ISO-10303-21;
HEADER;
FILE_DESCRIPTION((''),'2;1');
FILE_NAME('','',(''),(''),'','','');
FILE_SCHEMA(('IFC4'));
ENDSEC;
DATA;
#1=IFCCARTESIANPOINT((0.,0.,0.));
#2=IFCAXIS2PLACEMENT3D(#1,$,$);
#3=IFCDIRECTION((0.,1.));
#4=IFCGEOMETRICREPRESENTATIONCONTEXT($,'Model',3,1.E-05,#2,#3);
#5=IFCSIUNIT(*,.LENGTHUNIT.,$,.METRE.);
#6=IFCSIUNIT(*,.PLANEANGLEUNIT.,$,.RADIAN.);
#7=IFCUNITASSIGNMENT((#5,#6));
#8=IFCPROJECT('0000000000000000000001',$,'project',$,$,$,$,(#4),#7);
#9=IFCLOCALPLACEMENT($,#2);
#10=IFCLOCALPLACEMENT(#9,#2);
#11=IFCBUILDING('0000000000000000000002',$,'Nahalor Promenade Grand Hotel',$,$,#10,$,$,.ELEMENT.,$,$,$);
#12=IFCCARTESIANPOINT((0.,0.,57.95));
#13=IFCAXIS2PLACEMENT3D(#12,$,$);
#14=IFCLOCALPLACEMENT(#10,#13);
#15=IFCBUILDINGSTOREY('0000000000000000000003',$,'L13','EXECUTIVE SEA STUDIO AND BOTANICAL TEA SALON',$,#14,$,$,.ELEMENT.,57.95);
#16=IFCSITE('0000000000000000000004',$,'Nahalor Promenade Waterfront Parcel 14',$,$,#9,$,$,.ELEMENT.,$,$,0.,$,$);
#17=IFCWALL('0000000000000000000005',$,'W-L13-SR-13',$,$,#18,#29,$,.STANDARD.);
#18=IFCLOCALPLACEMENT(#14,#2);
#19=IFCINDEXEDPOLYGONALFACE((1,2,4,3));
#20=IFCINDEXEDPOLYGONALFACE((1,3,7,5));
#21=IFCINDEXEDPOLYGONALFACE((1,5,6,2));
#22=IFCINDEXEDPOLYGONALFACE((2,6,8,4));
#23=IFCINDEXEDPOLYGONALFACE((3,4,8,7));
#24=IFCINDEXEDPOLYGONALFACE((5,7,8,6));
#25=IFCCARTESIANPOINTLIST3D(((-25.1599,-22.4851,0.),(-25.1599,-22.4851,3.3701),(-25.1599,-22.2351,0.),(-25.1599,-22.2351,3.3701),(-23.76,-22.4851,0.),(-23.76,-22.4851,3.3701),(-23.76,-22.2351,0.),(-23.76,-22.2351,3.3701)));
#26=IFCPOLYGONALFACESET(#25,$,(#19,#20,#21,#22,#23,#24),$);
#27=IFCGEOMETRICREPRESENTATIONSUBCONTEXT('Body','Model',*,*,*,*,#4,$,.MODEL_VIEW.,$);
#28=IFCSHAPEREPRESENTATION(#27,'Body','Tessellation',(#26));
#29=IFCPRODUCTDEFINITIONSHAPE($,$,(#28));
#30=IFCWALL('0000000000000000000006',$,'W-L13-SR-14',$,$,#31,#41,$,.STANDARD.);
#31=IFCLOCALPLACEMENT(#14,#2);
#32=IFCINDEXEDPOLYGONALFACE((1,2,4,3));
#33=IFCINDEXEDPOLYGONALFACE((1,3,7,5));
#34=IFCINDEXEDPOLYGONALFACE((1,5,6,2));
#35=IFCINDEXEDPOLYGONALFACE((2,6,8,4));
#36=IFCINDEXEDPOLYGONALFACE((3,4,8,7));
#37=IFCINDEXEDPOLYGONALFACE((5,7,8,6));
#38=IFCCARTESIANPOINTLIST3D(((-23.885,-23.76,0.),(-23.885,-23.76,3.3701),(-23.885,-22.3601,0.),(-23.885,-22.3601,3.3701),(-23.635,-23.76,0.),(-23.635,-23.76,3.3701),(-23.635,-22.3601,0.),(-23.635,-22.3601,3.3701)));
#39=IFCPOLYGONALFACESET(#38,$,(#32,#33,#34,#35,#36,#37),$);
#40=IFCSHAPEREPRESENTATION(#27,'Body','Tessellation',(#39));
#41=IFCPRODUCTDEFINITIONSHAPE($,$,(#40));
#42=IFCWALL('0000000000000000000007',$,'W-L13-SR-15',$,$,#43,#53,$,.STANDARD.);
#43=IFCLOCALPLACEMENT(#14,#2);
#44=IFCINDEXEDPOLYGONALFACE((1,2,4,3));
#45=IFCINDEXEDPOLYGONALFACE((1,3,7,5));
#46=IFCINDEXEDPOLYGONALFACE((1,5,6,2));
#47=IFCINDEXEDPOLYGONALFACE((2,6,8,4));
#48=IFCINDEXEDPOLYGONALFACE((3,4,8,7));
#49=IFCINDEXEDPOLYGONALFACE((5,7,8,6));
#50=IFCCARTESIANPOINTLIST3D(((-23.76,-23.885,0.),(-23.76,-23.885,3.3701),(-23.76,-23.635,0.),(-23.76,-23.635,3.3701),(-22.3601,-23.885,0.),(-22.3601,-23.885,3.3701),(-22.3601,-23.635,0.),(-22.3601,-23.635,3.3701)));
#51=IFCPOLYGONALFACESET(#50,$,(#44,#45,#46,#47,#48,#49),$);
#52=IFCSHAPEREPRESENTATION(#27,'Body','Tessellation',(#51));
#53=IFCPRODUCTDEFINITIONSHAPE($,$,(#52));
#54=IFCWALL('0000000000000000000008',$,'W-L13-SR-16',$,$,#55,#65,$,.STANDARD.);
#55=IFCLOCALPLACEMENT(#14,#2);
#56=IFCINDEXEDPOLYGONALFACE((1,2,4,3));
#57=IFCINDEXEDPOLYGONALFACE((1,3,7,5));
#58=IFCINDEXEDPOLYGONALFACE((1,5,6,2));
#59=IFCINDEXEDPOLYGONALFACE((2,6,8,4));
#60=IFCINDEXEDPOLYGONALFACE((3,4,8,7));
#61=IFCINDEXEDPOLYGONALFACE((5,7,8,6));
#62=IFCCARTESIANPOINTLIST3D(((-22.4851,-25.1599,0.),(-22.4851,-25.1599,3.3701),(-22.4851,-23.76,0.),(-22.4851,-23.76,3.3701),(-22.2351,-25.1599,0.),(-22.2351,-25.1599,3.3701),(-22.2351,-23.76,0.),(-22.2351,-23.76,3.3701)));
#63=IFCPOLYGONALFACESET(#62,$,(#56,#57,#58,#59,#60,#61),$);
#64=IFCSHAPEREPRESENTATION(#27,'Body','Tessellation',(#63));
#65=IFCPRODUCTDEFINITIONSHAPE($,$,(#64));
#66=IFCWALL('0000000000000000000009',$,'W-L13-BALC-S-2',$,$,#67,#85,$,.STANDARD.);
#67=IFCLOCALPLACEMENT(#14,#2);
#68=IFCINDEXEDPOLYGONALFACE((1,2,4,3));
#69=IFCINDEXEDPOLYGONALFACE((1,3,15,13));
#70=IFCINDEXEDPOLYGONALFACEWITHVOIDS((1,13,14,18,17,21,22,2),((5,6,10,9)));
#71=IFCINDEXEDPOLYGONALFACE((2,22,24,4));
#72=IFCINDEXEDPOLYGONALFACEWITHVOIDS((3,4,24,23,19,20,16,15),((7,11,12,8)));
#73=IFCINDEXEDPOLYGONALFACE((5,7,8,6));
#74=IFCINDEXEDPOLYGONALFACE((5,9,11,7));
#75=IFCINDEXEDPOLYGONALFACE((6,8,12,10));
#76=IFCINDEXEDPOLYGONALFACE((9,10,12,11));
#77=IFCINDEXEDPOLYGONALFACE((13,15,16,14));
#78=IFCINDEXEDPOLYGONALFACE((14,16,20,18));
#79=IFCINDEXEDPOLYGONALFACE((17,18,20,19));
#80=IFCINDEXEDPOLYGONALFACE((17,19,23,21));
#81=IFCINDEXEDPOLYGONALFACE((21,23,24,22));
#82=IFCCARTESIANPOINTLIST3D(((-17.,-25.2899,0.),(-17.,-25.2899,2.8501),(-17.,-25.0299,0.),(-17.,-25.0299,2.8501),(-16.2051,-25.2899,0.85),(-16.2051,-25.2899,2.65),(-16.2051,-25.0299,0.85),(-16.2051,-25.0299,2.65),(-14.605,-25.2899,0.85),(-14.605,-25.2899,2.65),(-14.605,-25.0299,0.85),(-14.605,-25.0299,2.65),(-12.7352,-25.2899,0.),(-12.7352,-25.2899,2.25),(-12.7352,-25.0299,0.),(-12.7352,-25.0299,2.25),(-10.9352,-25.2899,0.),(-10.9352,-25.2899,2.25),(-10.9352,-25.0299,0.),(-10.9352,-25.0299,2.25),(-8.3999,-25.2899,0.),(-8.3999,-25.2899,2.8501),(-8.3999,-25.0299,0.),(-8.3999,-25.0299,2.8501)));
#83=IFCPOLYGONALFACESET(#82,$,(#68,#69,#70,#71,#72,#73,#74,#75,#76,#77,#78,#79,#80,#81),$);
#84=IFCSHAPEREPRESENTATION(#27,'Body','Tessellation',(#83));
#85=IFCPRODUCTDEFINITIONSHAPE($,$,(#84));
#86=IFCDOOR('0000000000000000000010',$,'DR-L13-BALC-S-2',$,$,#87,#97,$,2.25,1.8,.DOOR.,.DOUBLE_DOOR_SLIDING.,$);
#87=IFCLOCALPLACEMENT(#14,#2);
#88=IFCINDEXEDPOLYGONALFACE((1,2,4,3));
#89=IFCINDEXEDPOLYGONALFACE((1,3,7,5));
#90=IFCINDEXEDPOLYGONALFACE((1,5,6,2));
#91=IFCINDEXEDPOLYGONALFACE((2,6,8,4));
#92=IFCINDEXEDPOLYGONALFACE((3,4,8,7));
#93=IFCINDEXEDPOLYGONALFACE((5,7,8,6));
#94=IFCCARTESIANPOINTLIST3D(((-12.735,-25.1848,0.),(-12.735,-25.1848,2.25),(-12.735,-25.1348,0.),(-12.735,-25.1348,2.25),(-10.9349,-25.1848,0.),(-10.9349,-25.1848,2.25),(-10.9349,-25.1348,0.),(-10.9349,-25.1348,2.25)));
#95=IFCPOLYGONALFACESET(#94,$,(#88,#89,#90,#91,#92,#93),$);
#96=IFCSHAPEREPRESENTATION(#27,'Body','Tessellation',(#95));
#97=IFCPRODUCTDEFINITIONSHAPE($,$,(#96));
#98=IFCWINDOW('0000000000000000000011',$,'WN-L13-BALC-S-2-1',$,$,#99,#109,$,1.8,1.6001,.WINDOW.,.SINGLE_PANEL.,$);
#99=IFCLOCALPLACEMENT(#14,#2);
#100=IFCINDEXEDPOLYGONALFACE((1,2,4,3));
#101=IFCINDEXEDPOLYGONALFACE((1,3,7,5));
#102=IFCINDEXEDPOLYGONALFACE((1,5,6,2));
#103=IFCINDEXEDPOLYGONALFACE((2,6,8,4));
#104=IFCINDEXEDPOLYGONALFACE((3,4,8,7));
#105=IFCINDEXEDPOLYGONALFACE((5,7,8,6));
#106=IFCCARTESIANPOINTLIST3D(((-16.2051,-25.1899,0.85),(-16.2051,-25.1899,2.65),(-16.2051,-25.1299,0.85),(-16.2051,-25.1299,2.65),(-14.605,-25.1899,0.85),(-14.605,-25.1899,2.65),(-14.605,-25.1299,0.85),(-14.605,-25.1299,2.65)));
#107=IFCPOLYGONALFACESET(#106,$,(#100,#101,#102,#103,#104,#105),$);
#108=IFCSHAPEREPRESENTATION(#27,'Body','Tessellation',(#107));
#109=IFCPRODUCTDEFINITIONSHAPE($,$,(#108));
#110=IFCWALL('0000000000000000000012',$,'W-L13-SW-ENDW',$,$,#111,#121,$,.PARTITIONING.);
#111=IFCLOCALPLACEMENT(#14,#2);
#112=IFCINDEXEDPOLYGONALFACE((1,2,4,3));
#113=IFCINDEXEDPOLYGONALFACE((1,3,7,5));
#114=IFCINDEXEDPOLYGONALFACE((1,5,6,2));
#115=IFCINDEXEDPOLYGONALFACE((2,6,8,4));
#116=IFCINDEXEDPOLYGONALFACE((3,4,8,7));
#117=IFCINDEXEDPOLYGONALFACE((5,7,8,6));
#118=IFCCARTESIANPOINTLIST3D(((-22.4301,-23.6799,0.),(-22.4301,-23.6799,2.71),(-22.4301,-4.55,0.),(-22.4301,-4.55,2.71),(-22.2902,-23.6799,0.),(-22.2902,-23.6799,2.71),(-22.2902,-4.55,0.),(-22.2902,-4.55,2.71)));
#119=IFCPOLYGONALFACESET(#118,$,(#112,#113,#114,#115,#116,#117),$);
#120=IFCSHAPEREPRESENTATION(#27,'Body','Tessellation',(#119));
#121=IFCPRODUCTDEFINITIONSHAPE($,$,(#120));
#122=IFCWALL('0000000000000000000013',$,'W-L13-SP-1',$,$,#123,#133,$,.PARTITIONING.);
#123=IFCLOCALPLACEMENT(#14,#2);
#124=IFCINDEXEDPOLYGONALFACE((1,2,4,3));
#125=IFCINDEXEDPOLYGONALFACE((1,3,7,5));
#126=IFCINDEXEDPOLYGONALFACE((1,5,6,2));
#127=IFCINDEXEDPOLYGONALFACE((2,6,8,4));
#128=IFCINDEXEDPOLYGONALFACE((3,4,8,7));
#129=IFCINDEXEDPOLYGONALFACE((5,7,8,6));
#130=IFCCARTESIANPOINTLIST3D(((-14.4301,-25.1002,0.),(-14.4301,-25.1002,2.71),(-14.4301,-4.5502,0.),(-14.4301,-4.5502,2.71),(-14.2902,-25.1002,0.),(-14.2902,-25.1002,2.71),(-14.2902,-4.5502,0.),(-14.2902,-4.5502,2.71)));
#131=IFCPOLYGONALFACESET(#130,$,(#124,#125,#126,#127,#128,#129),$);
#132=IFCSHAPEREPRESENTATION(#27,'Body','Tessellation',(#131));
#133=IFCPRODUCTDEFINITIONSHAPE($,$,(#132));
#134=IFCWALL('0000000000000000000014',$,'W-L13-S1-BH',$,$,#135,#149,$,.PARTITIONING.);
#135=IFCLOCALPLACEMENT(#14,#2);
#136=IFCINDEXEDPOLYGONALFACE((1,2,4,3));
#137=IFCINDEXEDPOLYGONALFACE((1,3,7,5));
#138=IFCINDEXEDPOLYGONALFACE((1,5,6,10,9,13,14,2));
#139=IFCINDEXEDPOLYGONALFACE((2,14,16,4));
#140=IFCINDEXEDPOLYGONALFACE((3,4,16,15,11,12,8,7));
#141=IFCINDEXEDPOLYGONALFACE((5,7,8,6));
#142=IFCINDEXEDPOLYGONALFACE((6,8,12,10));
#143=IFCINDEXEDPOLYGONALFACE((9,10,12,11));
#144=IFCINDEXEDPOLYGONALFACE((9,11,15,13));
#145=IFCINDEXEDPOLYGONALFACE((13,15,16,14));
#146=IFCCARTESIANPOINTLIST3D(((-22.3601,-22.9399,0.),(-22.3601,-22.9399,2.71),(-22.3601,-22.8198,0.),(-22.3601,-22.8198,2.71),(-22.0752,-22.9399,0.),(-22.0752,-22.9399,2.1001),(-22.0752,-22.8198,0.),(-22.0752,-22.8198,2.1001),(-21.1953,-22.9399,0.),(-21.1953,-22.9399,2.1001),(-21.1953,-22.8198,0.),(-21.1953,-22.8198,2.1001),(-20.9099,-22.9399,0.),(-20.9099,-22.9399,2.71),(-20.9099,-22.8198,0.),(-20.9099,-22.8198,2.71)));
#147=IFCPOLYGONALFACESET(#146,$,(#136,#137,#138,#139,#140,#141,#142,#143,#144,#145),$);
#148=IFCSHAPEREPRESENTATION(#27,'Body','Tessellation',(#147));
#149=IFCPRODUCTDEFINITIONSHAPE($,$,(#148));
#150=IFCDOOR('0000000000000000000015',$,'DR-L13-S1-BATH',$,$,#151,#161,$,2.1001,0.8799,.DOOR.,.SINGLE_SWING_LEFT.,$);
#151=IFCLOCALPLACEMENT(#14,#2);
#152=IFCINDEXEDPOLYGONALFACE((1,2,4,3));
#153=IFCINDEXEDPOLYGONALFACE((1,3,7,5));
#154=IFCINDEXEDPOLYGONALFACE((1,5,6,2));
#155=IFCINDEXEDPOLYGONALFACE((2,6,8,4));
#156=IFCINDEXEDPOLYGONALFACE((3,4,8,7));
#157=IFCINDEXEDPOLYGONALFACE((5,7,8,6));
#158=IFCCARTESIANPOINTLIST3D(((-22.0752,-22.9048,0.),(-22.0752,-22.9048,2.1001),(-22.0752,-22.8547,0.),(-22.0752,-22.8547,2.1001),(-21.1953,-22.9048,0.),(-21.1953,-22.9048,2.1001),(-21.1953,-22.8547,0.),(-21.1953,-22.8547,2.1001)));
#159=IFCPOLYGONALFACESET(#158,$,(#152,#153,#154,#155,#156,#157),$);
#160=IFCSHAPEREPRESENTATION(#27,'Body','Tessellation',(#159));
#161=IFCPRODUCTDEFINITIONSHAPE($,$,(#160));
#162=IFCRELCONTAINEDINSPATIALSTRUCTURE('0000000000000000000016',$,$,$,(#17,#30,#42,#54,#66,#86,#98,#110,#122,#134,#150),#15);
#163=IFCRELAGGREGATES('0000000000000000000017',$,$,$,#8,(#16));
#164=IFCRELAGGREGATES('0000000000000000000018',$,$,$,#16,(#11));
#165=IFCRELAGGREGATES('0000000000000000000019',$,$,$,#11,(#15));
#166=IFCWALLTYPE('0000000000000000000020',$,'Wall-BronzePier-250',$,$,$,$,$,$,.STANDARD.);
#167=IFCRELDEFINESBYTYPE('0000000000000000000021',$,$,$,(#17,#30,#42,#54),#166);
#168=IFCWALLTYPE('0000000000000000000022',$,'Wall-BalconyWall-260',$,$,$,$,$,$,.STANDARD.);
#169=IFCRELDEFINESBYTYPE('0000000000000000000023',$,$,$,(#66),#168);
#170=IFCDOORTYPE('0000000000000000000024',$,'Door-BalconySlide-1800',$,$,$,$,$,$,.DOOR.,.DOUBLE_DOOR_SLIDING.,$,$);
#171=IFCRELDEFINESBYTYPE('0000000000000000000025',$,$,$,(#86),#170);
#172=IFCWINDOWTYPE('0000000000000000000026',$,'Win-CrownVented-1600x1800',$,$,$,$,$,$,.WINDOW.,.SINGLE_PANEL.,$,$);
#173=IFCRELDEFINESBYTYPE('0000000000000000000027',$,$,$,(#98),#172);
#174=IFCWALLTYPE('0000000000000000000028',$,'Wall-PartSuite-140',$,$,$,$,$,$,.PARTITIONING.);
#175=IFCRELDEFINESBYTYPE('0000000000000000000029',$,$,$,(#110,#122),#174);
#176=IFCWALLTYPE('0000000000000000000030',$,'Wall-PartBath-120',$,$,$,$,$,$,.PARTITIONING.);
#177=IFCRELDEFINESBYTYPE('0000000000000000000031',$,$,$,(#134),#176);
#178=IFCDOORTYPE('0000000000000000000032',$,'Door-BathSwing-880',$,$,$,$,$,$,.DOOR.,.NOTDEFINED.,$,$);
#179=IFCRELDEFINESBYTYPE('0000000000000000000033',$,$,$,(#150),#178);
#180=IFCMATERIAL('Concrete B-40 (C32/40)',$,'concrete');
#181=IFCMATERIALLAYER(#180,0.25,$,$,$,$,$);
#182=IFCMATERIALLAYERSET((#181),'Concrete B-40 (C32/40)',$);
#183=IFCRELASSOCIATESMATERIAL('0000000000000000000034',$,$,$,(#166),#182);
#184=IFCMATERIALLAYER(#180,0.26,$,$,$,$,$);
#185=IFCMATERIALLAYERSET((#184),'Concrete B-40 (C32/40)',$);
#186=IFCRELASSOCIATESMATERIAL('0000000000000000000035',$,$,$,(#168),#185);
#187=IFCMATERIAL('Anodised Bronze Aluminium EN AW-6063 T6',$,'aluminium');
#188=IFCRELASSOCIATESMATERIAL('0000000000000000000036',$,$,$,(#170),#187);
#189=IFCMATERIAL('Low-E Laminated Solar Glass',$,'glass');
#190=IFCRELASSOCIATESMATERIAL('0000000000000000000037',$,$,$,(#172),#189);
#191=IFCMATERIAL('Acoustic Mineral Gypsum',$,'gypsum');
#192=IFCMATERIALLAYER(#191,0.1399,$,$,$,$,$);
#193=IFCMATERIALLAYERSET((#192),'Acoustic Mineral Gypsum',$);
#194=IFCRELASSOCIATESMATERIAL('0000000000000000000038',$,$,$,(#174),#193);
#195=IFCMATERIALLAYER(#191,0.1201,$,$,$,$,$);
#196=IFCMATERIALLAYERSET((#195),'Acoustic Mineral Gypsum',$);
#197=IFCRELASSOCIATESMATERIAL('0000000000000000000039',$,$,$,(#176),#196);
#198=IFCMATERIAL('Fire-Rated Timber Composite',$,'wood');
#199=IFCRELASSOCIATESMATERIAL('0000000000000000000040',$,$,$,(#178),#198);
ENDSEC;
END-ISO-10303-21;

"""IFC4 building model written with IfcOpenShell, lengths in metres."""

from ifc_helpers import new_model, si_unit, direction, frame, frame_2d, origin, place, context, subcontext, project, spatial, rectangle, extrude, source, transform, mapped, material, layer, layer_set, type_object, element, fill, save


model = new_model("IFC4")

# Units and contexts
model_context = context("Model", 3, precision=1e-05, world=origin(), true_north=direction((0.0, 1.0)))
body_context = subcontext(model_context, "Body", "Model", "MODEL_VIEW")
ifc_project = project(units=[si_unit("LENGTHUNIT", "METRE"), si_unit("PLANEANGLEUNIT", "RADIAN")], contexts=[model_context])

# Site, building, storey
site_placement = place(None, origin())
site = spatial("IfcSite", under=ifc_project, at=site_placement, Name="Nahalor Promenade Waterfront Parcel 14", CompositionType="ELEMENT", RefElevation=0.0)
building_placement = place(site_placement, origin())
building = spatial("IfcBuilding", under=site, at=building_placement, Name="Nahalor Promenade Grand Hotel", CompositionType="ELEMENT")
storey_placement = place(building_placement, frame((0.0, 0.0, 57.95)))
storey = spatial("IfcBuildingStorey", under=building, at=storey_placement, Name="L13", Description="EXECUTIVE SEA STUDIO AND BOTANICAL TEA SALON", CompositionType="ELEMENT", Elevation=57.95)

# Shared definitions
ifc_material_1 = material(Name="Anodised Bronze Aluminium EN AW-6063 T6", Category="aluminium")

# Shared definitions
ifc_material_2 = material(Name="Low-E Laminated Solar Glass", Category="glass")

# Walls
ifc_material_3 = material(Name="Concrete B-40 (C32/40)", Category="concrete")
ifc_layer_1 = layer(ifc_material_3, 0.25)
ifc_layer_set_1 = layer_set([ifc_layer_1], Name="Concrete B-40 (C32/40)")
wall_type_1 = type_object("IfcWallType", Name="Wall-BronzePier-250", PredefinedType="STANDARD", material=ifc_layer_set_1)
shared_shape_1 = source(origin(), body_context, "Body", "SweptSolid", [
    extrude(rectangle(XDim=1.3999, YDim=0.25, at=frame_2d((0.7, 0.0))), origin(), (0.0, 0.0, 1.0), 3.3701),
])
for number, where, z_axis, x_axis, name in (
    (1, (-25.1599, -22.3601, 0.0), (0.0, 0.0, 1.0), (1.0, 0.0, 0.0), "W-L13-SR-13"),
    (2, (-23.76, -23.76, 0.0), (0.0, 0.0, 1.0), (0.0, 1.0, 0.0), "W-L13-SR-14"),
    (3, (-23.76, -23.76, 0.0), (0.0, 0.0, 1.0), (1.0, 0.0, 0.0), "W-L13-SR-15"),
    (4, (-22.3601, -25.1599, 0.0), (0.0, 0.0, 1.0), (0.0, 1.0, 0.0), "W-L13-SR-16"),
):
    element("IfcWall", number, at=place(storey_placement, frame(where, z_axis=z_axis, x_axis=x_axis)), inside=storey, type_object=wall_type_1, Name=name, PredefinedType="STANDARD", context=body_context, shape_type="MappedRepresentation", body=[
        mapped(shared_shape_1, transform((0.0, 0.0, 0.0), scale=1.0)),
    ])

# Wall, openings, door, window
ifc_layer_2 = layer(ifc_material_3, 0.26)
ifc_layer_set_2 = layer_set([ifc_layer_2], Name="Concrete B-40 (C32/40)")
wall_type_2 = type_object("IfcWallType", Name="Wall-BalconyWall-260", PredefinedType="STANDARD", material=ifc_layer_set_2)
shared_shape_2 = source(origin(), body_context, "Body", "SweptSolid", [
    extrude(rectangle(XDim=8.6001, YDim=0.26, at=frame_2d((4.3, 0.0))), origin(), (0.0, 0.0, 1.0), 2.8501),
])
wall_1_placement = place(storey_placement, frame((-17.0, -25.1599, 0.0), z_axis=(0.0, 0.0, 1.0), x_axis=(1.0, 0.0, 0.0)))
wall_1 = element("IfcWall", 5, at=wall_1_placement, inside=storey, type_object=wall_type_2, Name="W-L13-BALC-S-2", PredefinedType="STANDARD", context=body_context, shape_type="MappedRepresentation", body=[
    mapped(shared_shape_2, transform((0.0, 0.0, 0.0), scale=1.0)),
])
opening_1_placement = place(wall_1_placement, frame((4.2649, 0.0, 0.0)))
opening_1 = element("IfcOpeningElement", 6, at=opening_1_placement, cuts=wall_1, PredefinedType="OPENING", context=body_context, shape_type="SweptSolid", body=[
    extrude(rectangle(XDim=1.8, YDim=2.25, at=frame_2d((0.8999, 1.125))), frame((0.0, 0.1399, 0.0), z_axis=(0.0, -1.0, 0.0), x_axis=(1.0, 0.0, 0.0)), (0.0, 0.0, 1.0), 0.28),
])
opening_2_placement = place(wall_1_placement, frame((0.7949, 0.0, 0.8501)))
opening_2 = element("IfcOpeningElement", 7, at=opening_2_placement, cuts=wall_1, PredefinedType="OPENING", context=body_context, shape_type="SweptSolid", body=[
    extrude(rectangle(XDim=1.6001, YDim=1.8, at=frame_2d((0.8, 0.8999))), frame((0.0, 0.1399, 0.0), z_axis=(0.0, -1.0, 0.0), x_axis=(1.0, 0.0, 0.0)), (0.0, 0.0, 1.0), 0.28),
])
door_type_1 = type_object("IfcDoorType", Name="Door-BalconySlide-1800", OperationType="DOUBLE_DOOR_SLIDING", PredefinedType="DOOR", material=ifc_material_1)
shared_shape_3 = source(origin(), body_context, "Body", "SweptSolid", [
    extrude(rectangle(XDim=1.8, YDim=2.25, at=frame_2d((0.8999, 1.125))), frame((0.0, 0.0249, 0.0), z_axis=(0.0, -1.0, 0.0), x_axis=(1.0, 0.0, 0.0)), (0.0, 0.0, 1.0), 0.05),
])
door_1_placement = place(opening_1_placement, frame((1.8, 0.0, 0.0), z_axis=(0.0, 0.0, 1.0), x_axis=(-1.0, 0.0, 0.0)))
door_1 = element("IfcDoor", 8, at=door_1_placement, inside=storey, type_object=door_type_1, Name="DR-L13-BALC-S-2", OperationType="DOUBLE_DOOR_SLIDING", OverallHeight=2.25, OverallWidth=1.8, PredefinedType="DOOR", context=body_context, shape_type="MappedRepresentation", body=[
    mapped(shared_shape_3, transform((0.0, 0.0, 0.0), scale=1.0)),
])
fill(opening_1, door_1)
window_type = type_object("IfcWindowType", Name="Win-CrownVented-1600x1800", PartitioningType="SINGLE_PANEL", PredefinedType="WINDOW", material=ifc_material_2)
shared_shape_4 = source(origin(), body_context, "Body", "SweptSolid", [
    extrude(rectangle(XDim=1.6001, YDim=1.8, at=frame_2d((0.8, 0.8999))), frame((0.0, 0.03, 0.0), z_axis=(0.0, -1.0, 0.0), x_axis=(1.0, 0.0, 0.0)), (0.0, 0.0, 1.0), 0.0601),
])
window_placement = place(opening_2_placement, origin())
window = element("IfcWindow", 9, at=window_placement, inside=storey, type_object=window_type, Name="WN-L13-BALC-S-2-1", OverallHeight=1.8, OverallWidth=1.6001, PartitioningType="SINGLE_PANEL", PredefinedType="WINDOW", context=body_context, shape_type="MappedRepresentation", body=[
    mapped(shared_shape_4, transform((0.0, 0.0, 0.0), scale=1.0)),
])
fill(opening_2, window)

# Walls
ifc_material_4 = material(Name="Acoustic Mineral Gypsum", Category="gypsum")
ifc_layer_3 = layer(ifc_material_4, 0.1399)
ifc_layer_set_3 = layer_set([ifc_layer_3], Name="Acoustic Mineral Gypsum")
wall_type_3 = type_object("IfcWallType", Name="Wall-PartSuite-140", PredefinedType="PARTITIONING", material=ifc_layer_set_3)
shared_shape_5 = source(origin(), body_context, "Body", "SweptSolid", [
    extrude(rectangle(XDim=19.1299, YDim=0.1399, at=frame_2d((9.5649, 0.0))), origin(), (0.0, 0.0, 1.0), 2.71),
])
wall_2_placement = place(storey_placement, frame((-22.3601, -23.6799, 0.0), z_axis=(0.0, 0.0, 1.0), x_axis=(0.0, 1.0, 0.0)))
element("IfcWall", 10, at=wall_2_placement, inside=storey, type_object=wall_type_3, Name="W-L13-SW-ENDW", PredefinedType="PARTITIONING", context=body_context, shape_type="MappedRepresentation", body=[
    mapped(shared_shape_5, transform((0.0, 0.0, 0.0), scale=1.0)),
])
shared_shape_6 = source(origin(), body_context, "Body", "SweptSolid", [
    extrude(rectangle(XDim=20.55, YDim=0.1399, at=frame_2d((10.2749, 0.0))), origin(), (0.0, 0.0, 1.0), 2.71),
])
wall_3_placement = place(storey_placement, frame((-14.3601, -25.1001, 0.0), z_axis=(0.0, 0.0, 1.0), x_axis=(0.0, 1.0, 0.0)))
element("IfcWall", 11, at=wall_3_placement, inside=storey, type_object=wall_type_3, Name="W-L13-SP-1", PredefinedType="PARTITIONING", context=body_context, shape_type="MappedRepresentation", body=[
    mapped(shared_shape_6, transform((0.0, 0.0, 0.0), scale=1.0)),
])

# Wall, opening, door
ifc_layer_4 = layer(ifc_material_4, 0.1201)
ifc_layer_set_4 = layer_set([ifc_layer_4], Name="Acoustic Mineral Gypsum")
wall_type_4 = type_object("IfcWallType", Name="Wall-PartBath-120", PredefinedType="PARTITIONING", material=ifc_layer_set_4)
shared_shape_7 = source(origin(), body_context, "Body", "SweptSolid", [
    extrude(rectangle(XDim=1.4502, YDim=0.1201, at=frame_2d((0.7251, 0.0))), origin(), (0.0, 0.0, 1.0), 2.71),
])
wall_4_placement = place(storey_placement, frame((-22.3601, -22.8799, 0.0), z_axis=(0.0, 0.0, 1.0), x_axis=(1.0, 0.0, 0.0)))
wall_4 = element("IfcWall", 12, at=wall_4_placement, inside=storey, type_object=wall_type_4, Name="W-L13-S1-BH", PredefinedType="PARTITIONING", context=body_context, shape_type="MappedRepresentation", body=[
    mapped(shared_shape_7, transform((0.0, 0.0, 0.0), scale=1.0)),
])
opening_3_placement = place(wall_4_placement, frame((0.2849, 0.0, 0.0)))
opening_3 = element("IfcOpeningElement", 13, at=opening_3_placement, cuts=wall_4, PredefinedType="OPENING", context=body_context, shape_type="SweptSolid", body=[
    extrude(rectangle(XDim=0.8799, YDim=2.1001, at=frame_2d((0.4399, 1.05))), frame((0.0, 0.0701, 0.0), z_axis=(0.0, -1.0, 0.0), x_axis=(1.0, 0.0, 0.0)), (0.0, 0.0, 1.0), 0.1401),
])
ifc_material_5 = material(Name="Fire-Rated Timber Composite", Category="wood")
door_type_2 = type_object("IfcDoorType", Name="Door-BathSwing-880", OperationType="NOTDEFINED", PredefinedType="DOOR", material=ifc_material_5)
shared_shape_8 = source(origin(), body_context, "Body", "SweptSolid", [
    extrude(rectangle(XDim=0.8799, YDim=2.1001, at=frame_2d((0.4399, 1.05))), frame((0.0, 0.0249, 0.0), z_axis=(0.0, -1.0, 0.0), x_axis=(1.0, 0.0, 0.0)), (0.0, 0.0, 1.0), 0.05),
])
door_2_placement = place(opening_3_placement, frame((0.8799, 0.0, 0.0), z_axis=(0.0, 0.0, 1.0), x_axis=(-1.0, 0.0, 0.0)))
door_2 = element("IfcDoor", 14, at=door_2_placement, inside=storey, type_object=door_type_2, Name="DR-L13-S1-BATH", OperationType="SINGLE_SWING_LEFT", OverallHeight=2.1001, OverallWidth=0.8799, PredefinedType="DOOR", context=body_context, shape_type="MappedRepresentation", body=[
    mapped(shared_shape_8, transform((0.0, 0.0, 0.0), scale=1.0)),
])
fill(opening_3, door_2)

save(model, "model.ifc")
